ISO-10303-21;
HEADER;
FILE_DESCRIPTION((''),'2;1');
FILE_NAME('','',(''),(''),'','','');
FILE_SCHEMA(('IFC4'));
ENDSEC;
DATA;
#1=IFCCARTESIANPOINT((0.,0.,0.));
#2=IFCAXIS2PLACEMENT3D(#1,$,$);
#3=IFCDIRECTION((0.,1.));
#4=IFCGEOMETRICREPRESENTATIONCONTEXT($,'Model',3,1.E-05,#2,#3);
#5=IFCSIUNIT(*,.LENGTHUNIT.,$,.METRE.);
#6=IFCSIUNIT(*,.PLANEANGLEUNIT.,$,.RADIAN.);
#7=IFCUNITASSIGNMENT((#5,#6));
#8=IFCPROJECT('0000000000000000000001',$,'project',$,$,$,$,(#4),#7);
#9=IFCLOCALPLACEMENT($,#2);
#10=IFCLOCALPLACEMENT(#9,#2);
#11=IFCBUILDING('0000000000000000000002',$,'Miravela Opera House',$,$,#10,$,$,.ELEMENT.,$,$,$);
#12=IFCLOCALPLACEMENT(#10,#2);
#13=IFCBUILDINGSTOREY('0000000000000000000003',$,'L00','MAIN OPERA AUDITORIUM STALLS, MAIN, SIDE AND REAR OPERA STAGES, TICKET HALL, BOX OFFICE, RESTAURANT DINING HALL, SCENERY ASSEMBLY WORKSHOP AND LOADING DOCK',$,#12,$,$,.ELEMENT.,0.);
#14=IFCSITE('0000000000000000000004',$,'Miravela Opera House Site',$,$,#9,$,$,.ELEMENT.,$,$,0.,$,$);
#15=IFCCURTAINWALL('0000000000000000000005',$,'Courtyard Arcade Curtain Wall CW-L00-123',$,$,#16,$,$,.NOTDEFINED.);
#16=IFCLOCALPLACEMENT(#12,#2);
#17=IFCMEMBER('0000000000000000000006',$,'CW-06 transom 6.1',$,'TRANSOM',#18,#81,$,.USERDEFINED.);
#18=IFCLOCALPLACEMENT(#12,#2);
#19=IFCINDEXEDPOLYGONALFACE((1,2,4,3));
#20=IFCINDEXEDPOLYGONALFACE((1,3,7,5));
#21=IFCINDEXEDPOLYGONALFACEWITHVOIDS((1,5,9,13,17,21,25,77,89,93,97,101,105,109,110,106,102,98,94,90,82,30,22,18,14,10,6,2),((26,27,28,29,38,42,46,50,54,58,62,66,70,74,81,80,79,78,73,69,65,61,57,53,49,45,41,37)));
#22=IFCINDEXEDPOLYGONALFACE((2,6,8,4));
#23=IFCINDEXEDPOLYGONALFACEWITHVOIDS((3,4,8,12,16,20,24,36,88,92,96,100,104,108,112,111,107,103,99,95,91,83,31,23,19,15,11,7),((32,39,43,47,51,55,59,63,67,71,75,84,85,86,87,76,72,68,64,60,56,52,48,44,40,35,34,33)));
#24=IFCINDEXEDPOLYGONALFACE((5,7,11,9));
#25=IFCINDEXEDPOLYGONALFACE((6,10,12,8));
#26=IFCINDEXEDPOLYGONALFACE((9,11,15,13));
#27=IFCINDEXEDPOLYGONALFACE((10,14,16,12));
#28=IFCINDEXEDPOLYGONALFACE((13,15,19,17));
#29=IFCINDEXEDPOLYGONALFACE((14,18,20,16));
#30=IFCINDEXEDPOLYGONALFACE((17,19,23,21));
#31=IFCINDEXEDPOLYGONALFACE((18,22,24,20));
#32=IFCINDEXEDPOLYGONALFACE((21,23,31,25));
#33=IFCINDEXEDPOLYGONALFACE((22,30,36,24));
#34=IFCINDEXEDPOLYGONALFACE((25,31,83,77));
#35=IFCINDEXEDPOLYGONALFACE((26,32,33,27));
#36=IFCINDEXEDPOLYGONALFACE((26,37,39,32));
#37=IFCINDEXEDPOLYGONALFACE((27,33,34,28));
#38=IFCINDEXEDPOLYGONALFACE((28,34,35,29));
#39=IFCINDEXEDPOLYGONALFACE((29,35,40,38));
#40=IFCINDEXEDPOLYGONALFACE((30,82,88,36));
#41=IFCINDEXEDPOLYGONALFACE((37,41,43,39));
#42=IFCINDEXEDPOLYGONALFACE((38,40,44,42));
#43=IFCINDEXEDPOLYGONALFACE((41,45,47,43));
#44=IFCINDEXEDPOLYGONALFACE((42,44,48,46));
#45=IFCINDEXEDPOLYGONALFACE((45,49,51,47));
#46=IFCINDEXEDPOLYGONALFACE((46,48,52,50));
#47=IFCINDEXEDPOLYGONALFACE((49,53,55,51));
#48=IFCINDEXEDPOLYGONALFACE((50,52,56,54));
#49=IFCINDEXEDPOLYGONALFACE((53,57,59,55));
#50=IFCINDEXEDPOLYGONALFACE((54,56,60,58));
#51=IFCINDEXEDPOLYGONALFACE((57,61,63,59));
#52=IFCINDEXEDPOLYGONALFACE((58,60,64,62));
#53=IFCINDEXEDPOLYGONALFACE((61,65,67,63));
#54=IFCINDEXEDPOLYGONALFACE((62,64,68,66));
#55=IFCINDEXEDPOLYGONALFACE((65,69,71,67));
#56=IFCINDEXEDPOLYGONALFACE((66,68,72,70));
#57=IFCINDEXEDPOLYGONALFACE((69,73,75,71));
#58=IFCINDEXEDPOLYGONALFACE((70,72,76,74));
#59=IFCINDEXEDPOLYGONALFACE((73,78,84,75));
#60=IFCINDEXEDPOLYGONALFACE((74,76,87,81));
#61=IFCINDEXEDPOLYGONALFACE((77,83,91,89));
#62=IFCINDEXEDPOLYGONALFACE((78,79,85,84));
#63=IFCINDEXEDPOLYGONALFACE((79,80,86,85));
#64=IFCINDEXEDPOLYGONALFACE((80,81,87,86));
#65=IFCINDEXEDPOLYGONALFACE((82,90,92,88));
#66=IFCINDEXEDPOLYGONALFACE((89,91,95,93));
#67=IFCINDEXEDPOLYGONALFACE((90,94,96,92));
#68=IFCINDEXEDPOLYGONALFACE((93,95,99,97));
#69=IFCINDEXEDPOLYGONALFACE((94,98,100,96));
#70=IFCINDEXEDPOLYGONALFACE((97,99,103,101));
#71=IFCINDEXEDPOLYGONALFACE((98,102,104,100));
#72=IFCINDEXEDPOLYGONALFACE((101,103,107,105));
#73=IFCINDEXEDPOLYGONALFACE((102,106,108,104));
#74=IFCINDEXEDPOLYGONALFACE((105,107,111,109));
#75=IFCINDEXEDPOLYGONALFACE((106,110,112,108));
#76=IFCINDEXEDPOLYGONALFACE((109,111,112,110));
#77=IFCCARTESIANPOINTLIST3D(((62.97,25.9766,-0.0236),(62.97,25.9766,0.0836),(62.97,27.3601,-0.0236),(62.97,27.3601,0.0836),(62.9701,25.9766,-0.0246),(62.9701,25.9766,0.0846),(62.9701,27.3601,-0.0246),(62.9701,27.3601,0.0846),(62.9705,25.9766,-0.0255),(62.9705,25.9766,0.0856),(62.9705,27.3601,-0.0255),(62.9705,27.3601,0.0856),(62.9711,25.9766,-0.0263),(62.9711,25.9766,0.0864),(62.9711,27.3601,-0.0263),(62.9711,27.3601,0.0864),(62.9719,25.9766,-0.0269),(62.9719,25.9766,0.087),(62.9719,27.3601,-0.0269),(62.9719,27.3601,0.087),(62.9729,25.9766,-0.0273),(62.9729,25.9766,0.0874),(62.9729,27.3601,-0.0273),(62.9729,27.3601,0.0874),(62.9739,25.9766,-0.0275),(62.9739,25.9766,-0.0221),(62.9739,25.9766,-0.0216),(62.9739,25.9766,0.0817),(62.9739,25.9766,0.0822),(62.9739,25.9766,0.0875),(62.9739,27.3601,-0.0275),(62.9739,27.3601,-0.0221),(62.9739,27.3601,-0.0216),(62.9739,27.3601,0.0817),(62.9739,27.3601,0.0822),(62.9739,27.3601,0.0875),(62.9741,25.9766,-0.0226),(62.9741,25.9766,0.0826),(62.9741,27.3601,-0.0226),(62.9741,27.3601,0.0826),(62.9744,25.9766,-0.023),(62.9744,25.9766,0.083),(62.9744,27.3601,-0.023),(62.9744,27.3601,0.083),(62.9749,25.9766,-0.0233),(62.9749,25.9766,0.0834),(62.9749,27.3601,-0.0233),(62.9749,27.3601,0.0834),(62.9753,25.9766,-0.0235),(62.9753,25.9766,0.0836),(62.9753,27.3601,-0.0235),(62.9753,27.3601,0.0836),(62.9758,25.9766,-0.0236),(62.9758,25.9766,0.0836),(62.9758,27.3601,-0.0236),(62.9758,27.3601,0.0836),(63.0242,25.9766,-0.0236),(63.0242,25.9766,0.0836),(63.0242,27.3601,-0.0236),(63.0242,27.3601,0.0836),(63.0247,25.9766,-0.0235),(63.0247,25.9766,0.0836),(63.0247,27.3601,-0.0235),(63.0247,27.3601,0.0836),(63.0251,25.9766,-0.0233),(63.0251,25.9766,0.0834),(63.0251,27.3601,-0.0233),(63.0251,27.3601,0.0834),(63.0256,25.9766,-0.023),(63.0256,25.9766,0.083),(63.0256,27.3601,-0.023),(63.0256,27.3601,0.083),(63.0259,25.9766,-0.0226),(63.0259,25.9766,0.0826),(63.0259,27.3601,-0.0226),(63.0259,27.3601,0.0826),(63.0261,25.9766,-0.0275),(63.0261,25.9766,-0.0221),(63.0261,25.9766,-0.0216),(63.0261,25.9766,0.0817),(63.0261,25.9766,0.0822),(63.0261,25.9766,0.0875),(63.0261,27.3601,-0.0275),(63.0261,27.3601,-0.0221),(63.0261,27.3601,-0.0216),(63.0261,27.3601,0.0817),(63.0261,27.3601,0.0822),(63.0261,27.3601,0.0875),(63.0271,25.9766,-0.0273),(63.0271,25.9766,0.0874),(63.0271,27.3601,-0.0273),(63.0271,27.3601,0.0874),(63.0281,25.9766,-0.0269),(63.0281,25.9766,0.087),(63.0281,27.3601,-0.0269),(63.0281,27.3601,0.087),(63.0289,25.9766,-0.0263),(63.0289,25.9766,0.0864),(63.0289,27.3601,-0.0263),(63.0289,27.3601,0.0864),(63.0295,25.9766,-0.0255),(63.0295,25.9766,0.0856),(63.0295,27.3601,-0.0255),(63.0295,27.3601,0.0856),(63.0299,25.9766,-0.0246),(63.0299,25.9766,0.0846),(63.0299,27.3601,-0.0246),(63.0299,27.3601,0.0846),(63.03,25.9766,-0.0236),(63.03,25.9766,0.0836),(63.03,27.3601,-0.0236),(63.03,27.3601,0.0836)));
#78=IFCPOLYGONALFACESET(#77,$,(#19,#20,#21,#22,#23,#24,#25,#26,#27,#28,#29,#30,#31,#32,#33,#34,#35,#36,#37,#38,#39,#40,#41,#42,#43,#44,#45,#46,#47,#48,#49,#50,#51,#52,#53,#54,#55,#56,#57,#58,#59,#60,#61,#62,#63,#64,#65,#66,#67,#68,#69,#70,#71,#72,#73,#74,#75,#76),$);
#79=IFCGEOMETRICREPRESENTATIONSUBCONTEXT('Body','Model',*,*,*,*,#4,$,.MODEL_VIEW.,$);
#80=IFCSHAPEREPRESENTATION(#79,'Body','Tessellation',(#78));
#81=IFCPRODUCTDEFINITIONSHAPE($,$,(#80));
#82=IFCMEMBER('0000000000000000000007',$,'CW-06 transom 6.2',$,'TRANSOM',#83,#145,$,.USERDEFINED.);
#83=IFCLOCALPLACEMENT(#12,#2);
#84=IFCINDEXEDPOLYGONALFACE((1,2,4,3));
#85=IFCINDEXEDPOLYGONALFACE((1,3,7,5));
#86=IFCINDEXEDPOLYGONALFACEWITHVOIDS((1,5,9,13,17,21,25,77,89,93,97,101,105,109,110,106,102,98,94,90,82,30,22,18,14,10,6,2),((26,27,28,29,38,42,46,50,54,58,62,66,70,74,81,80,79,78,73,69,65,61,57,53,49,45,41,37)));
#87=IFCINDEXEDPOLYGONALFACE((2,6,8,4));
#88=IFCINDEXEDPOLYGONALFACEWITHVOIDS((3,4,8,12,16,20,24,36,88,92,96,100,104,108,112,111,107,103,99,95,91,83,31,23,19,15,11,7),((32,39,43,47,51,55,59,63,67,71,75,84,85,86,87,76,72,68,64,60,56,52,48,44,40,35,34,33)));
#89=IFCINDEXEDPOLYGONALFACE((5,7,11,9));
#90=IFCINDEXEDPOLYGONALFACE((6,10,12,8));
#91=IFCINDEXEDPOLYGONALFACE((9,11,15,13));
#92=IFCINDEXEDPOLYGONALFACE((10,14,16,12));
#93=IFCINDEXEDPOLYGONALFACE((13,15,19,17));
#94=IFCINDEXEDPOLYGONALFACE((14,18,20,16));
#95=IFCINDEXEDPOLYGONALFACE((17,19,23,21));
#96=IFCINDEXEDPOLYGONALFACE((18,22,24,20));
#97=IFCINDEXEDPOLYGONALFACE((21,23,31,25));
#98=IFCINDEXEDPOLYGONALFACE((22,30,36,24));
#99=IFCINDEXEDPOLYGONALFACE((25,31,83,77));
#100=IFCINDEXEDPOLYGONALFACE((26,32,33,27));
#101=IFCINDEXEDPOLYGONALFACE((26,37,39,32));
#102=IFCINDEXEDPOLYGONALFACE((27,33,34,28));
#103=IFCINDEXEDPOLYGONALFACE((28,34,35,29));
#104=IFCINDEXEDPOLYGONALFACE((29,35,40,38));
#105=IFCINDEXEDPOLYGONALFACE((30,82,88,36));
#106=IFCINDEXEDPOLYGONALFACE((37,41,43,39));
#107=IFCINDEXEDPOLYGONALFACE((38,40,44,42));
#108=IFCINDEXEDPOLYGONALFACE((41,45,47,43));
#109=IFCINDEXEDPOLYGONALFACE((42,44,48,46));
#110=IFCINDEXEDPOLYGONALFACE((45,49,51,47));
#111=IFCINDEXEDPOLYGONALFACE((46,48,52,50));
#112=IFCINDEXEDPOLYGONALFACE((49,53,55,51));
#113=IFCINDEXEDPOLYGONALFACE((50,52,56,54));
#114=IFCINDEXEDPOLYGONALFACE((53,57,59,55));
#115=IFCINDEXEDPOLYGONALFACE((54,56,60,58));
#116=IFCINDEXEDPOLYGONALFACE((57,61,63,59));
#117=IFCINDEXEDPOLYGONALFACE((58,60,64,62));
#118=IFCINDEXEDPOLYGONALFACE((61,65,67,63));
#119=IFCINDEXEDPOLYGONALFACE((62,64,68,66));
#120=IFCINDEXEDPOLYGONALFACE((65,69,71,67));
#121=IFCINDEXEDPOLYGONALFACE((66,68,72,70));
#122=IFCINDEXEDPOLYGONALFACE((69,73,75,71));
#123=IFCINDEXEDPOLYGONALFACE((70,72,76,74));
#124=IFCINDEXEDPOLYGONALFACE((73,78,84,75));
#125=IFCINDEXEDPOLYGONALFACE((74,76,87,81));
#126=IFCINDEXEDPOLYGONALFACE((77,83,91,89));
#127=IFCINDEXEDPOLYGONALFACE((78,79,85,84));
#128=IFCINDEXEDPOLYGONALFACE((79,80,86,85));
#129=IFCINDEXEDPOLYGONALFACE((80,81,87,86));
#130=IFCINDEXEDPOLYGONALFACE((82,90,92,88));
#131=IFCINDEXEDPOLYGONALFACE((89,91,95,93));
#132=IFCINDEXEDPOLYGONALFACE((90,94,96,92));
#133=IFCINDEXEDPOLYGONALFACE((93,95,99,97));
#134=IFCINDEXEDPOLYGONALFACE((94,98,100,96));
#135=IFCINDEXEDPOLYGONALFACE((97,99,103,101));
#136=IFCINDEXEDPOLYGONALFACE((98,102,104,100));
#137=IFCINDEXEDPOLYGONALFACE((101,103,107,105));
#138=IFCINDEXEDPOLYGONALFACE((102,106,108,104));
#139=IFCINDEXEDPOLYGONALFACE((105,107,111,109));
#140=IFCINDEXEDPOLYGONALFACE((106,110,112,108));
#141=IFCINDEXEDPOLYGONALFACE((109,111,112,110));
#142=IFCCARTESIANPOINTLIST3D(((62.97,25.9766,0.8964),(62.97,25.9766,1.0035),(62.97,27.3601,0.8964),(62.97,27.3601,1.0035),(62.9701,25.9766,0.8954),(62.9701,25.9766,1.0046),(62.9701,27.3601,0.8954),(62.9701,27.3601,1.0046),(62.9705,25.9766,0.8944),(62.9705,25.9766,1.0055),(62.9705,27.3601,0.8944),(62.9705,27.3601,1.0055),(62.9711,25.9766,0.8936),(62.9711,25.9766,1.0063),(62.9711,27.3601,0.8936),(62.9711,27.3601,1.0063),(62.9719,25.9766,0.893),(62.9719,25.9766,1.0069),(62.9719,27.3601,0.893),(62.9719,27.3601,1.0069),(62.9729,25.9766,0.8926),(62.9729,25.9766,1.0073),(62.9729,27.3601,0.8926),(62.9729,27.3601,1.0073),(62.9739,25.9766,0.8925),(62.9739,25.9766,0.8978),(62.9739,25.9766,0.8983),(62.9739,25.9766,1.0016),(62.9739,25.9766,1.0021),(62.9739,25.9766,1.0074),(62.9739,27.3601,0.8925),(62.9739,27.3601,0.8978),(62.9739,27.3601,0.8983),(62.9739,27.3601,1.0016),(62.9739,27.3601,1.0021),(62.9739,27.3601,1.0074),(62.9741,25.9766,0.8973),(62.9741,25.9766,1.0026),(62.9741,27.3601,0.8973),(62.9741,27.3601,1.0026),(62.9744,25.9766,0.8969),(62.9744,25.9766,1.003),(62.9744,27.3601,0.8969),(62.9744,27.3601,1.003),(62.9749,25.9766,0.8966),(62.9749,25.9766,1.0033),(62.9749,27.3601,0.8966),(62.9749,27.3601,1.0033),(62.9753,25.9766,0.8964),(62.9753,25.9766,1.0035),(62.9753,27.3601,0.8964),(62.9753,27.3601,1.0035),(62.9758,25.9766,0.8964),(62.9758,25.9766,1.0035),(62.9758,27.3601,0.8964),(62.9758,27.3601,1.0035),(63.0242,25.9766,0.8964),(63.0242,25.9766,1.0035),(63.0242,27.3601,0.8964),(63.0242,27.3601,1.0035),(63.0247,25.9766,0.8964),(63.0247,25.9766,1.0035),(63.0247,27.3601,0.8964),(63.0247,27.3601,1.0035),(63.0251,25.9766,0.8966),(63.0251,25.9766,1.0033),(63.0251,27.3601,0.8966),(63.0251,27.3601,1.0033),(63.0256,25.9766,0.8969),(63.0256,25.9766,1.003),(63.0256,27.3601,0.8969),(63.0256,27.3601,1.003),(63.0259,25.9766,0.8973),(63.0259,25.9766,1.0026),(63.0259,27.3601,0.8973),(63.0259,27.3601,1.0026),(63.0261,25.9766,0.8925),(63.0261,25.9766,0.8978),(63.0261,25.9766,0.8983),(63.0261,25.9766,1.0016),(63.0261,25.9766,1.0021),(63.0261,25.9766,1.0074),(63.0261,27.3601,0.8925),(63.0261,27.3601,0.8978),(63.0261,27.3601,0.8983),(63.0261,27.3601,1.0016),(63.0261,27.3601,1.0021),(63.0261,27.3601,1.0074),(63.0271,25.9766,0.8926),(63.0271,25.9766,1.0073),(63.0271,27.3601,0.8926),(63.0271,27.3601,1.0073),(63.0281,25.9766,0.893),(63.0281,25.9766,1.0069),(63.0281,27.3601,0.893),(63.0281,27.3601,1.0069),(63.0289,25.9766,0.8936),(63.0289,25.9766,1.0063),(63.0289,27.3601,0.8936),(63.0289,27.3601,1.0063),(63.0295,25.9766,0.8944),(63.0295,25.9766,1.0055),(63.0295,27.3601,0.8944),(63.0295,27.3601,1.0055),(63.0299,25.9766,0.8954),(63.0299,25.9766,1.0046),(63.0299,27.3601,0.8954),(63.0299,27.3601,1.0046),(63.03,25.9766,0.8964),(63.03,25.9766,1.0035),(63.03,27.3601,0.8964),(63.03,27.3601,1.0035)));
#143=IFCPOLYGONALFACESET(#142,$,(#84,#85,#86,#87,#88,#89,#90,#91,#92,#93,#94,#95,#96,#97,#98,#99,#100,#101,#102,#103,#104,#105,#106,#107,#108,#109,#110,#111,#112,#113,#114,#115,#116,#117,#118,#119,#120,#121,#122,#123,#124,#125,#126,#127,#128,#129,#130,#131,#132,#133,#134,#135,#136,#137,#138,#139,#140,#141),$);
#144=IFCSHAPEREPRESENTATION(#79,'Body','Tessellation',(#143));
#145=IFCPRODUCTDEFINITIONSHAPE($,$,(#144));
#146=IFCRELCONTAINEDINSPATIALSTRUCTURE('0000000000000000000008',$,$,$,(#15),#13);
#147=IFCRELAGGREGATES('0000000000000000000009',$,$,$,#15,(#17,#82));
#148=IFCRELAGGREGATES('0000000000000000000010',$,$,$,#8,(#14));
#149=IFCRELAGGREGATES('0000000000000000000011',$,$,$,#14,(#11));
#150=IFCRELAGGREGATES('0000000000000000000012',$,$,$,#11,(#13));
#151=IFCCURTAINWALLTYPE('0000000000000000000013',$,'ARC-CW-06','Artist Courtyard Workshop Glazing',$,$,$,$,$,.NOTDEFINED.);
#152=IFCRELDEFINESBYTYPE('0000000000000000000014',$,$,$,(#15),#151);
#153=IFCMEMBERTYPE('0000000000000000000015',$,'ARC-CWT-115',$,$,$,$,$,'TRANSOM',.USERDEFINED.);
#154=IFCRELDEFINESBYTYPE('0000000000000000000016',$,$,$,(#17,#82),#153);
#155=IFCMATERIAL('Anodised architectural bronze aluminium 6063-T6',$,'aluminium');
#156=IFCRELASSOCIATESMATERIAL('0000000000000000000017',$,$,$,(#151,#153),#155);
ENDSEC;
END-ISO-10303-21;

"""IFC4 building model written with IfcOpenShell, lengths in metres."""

from ifc_helpers import new_model, si_unit, direction, frame, origin, origin_2d, place, context, subcontext, project, spatial, hollow_rectangle, extrude, material, material_profile, profile_set, type_object, element, aggregate, save


model = new_model("IFC4")

# Units and contexts
model_context = context("Model", 3, precision=1e-05, world=origin(), true_north=direction((0.0, 1.0)))
body_context = subcontext(model_context, "Body", "Model", "MODEL_VIEW")
ifc_project = project(units=[si_unit("LENGTHUNIT", "METRE"), si_unit("PLANEANGLEUNIT", "RADIAN")], contexts=[model_context])

# Site, building, storey
site_placement = place(None, origin())
site = spatial("IfcSite", under=ifc_project, at=site_placement, Name="Miravela Opera House Site", CompositionType="ELEMENT", RefElevation=0.0)
building_placement = place(site_placement, origin())
building = spatial("IfcBuilding", under=site, at=building_placement, Name="Miravela Opera House", CompositionType="ELEMENT")
storey_placement = place(building_placement, origin())
storey = spatial("IfcBuildingStorey", under=building, at=storey_placement, Name="L00", Description="MAIN OPERA AUDITORIUM STALLS, MAIN, SIDE AND REAR OPERA STAGES, TICKET HALL, BOX OFFICE, RESTAURANT DINING HALL, SCENERY ASSEMBLY WORKSHOP AND LOADING DOCK", CompositionType="ELEMENT", Elevation=0.0)

# Curtain wall, members
ifc_material_1 = material(Name="Anodised architectural bronze aluminium 6063-T6", Category="aluminium")
curtain_wall_type = type_object("IfcCurtainWallType", Name="ARC-CW-06", Description="Artist Courtyard Workshop Glazing", PredefinedType="NOTDEFINED", material=ifc_material_1)
curtain_wall_placement = place(storey_placement, origin())
curtain_wall = element("IfcCurtainWall", 1, at=curtain_wall_placement, inside=storey, type_object=curtain_wall_type, Name="Courtyard Arcade Curtain Wall CW-L00-123", PredefinedType="NOTDEFINED")
ifc_material_profile_1 = material_profile(ifc_material_1, hollow_rectangle(XDim=0.0601, YDim=0.115, WallThickness=0.0039, InnerFilletRadius=0.002, OuterFilletRadius=0.0039, at=origin_2d()), Name="CWT-60X115")
ifc_profile_set_1 = profile_set([ifc_material_profile_1])
member_type_1 = type_object("IfcMemberType", Name="ARC-CWT-115", ElementType="TRANSOM", PredefinedType="USERDEFINED", material=ifc_profile_set_1)
member_1_placement = place(storey_placement, frame((63.0, 25.9766, 0.03), z_axis=(0.0, 1.0, 0.0), x_axis=(-1.0, 0.0, 0.0)))
member_1 = element("IfcMember", 2, at=member_1_placement, type_object=member_type_1, Name="CW-06 transom 6.1", ObjectType="TRANSOM", PredefinedType="USERDEFINED", context=body_context, shape_type="SweptSolid", body=[
    extrude(hollow_rectangle(XDim=0.0601, YDim=0.115, WallThickness=0.0039, InnerFilletRadius=0.002, OuterFilletRadius=0.0039, at=origin_2d()), origin(), (0.0, 0.0, 1.0), 1.3835),
])
member_2_placement = place(storey_placement, frame((63.0, 25.9766, 0.95), z_axis=(0.0, 1.0, 0.0), x_axis=(-1.0, 0.0, 0.0)))
member_2 = element("IfcMember", 3, at=member_2_placement, type_object=member_type_1, Name="CW-06 transom 6.2", ObjectType="TRANSOM", PredefinedType="USERDEFINED", context=body_context, shape_type="SweptSolid", body=[
    extrude(hollow_rectangle(XDim=0.0601, YDim=0.115, WallThickness=0.0039, InnerFilletRadius=0.002, OuterFilletRadius=0.0039, at=origin_2d()), origin(), (0.0, 0.0, 1.0), 1.3835),
])

aggregate(curtain_wall, [member_1, member_2])

save(model, "model.ifc")
